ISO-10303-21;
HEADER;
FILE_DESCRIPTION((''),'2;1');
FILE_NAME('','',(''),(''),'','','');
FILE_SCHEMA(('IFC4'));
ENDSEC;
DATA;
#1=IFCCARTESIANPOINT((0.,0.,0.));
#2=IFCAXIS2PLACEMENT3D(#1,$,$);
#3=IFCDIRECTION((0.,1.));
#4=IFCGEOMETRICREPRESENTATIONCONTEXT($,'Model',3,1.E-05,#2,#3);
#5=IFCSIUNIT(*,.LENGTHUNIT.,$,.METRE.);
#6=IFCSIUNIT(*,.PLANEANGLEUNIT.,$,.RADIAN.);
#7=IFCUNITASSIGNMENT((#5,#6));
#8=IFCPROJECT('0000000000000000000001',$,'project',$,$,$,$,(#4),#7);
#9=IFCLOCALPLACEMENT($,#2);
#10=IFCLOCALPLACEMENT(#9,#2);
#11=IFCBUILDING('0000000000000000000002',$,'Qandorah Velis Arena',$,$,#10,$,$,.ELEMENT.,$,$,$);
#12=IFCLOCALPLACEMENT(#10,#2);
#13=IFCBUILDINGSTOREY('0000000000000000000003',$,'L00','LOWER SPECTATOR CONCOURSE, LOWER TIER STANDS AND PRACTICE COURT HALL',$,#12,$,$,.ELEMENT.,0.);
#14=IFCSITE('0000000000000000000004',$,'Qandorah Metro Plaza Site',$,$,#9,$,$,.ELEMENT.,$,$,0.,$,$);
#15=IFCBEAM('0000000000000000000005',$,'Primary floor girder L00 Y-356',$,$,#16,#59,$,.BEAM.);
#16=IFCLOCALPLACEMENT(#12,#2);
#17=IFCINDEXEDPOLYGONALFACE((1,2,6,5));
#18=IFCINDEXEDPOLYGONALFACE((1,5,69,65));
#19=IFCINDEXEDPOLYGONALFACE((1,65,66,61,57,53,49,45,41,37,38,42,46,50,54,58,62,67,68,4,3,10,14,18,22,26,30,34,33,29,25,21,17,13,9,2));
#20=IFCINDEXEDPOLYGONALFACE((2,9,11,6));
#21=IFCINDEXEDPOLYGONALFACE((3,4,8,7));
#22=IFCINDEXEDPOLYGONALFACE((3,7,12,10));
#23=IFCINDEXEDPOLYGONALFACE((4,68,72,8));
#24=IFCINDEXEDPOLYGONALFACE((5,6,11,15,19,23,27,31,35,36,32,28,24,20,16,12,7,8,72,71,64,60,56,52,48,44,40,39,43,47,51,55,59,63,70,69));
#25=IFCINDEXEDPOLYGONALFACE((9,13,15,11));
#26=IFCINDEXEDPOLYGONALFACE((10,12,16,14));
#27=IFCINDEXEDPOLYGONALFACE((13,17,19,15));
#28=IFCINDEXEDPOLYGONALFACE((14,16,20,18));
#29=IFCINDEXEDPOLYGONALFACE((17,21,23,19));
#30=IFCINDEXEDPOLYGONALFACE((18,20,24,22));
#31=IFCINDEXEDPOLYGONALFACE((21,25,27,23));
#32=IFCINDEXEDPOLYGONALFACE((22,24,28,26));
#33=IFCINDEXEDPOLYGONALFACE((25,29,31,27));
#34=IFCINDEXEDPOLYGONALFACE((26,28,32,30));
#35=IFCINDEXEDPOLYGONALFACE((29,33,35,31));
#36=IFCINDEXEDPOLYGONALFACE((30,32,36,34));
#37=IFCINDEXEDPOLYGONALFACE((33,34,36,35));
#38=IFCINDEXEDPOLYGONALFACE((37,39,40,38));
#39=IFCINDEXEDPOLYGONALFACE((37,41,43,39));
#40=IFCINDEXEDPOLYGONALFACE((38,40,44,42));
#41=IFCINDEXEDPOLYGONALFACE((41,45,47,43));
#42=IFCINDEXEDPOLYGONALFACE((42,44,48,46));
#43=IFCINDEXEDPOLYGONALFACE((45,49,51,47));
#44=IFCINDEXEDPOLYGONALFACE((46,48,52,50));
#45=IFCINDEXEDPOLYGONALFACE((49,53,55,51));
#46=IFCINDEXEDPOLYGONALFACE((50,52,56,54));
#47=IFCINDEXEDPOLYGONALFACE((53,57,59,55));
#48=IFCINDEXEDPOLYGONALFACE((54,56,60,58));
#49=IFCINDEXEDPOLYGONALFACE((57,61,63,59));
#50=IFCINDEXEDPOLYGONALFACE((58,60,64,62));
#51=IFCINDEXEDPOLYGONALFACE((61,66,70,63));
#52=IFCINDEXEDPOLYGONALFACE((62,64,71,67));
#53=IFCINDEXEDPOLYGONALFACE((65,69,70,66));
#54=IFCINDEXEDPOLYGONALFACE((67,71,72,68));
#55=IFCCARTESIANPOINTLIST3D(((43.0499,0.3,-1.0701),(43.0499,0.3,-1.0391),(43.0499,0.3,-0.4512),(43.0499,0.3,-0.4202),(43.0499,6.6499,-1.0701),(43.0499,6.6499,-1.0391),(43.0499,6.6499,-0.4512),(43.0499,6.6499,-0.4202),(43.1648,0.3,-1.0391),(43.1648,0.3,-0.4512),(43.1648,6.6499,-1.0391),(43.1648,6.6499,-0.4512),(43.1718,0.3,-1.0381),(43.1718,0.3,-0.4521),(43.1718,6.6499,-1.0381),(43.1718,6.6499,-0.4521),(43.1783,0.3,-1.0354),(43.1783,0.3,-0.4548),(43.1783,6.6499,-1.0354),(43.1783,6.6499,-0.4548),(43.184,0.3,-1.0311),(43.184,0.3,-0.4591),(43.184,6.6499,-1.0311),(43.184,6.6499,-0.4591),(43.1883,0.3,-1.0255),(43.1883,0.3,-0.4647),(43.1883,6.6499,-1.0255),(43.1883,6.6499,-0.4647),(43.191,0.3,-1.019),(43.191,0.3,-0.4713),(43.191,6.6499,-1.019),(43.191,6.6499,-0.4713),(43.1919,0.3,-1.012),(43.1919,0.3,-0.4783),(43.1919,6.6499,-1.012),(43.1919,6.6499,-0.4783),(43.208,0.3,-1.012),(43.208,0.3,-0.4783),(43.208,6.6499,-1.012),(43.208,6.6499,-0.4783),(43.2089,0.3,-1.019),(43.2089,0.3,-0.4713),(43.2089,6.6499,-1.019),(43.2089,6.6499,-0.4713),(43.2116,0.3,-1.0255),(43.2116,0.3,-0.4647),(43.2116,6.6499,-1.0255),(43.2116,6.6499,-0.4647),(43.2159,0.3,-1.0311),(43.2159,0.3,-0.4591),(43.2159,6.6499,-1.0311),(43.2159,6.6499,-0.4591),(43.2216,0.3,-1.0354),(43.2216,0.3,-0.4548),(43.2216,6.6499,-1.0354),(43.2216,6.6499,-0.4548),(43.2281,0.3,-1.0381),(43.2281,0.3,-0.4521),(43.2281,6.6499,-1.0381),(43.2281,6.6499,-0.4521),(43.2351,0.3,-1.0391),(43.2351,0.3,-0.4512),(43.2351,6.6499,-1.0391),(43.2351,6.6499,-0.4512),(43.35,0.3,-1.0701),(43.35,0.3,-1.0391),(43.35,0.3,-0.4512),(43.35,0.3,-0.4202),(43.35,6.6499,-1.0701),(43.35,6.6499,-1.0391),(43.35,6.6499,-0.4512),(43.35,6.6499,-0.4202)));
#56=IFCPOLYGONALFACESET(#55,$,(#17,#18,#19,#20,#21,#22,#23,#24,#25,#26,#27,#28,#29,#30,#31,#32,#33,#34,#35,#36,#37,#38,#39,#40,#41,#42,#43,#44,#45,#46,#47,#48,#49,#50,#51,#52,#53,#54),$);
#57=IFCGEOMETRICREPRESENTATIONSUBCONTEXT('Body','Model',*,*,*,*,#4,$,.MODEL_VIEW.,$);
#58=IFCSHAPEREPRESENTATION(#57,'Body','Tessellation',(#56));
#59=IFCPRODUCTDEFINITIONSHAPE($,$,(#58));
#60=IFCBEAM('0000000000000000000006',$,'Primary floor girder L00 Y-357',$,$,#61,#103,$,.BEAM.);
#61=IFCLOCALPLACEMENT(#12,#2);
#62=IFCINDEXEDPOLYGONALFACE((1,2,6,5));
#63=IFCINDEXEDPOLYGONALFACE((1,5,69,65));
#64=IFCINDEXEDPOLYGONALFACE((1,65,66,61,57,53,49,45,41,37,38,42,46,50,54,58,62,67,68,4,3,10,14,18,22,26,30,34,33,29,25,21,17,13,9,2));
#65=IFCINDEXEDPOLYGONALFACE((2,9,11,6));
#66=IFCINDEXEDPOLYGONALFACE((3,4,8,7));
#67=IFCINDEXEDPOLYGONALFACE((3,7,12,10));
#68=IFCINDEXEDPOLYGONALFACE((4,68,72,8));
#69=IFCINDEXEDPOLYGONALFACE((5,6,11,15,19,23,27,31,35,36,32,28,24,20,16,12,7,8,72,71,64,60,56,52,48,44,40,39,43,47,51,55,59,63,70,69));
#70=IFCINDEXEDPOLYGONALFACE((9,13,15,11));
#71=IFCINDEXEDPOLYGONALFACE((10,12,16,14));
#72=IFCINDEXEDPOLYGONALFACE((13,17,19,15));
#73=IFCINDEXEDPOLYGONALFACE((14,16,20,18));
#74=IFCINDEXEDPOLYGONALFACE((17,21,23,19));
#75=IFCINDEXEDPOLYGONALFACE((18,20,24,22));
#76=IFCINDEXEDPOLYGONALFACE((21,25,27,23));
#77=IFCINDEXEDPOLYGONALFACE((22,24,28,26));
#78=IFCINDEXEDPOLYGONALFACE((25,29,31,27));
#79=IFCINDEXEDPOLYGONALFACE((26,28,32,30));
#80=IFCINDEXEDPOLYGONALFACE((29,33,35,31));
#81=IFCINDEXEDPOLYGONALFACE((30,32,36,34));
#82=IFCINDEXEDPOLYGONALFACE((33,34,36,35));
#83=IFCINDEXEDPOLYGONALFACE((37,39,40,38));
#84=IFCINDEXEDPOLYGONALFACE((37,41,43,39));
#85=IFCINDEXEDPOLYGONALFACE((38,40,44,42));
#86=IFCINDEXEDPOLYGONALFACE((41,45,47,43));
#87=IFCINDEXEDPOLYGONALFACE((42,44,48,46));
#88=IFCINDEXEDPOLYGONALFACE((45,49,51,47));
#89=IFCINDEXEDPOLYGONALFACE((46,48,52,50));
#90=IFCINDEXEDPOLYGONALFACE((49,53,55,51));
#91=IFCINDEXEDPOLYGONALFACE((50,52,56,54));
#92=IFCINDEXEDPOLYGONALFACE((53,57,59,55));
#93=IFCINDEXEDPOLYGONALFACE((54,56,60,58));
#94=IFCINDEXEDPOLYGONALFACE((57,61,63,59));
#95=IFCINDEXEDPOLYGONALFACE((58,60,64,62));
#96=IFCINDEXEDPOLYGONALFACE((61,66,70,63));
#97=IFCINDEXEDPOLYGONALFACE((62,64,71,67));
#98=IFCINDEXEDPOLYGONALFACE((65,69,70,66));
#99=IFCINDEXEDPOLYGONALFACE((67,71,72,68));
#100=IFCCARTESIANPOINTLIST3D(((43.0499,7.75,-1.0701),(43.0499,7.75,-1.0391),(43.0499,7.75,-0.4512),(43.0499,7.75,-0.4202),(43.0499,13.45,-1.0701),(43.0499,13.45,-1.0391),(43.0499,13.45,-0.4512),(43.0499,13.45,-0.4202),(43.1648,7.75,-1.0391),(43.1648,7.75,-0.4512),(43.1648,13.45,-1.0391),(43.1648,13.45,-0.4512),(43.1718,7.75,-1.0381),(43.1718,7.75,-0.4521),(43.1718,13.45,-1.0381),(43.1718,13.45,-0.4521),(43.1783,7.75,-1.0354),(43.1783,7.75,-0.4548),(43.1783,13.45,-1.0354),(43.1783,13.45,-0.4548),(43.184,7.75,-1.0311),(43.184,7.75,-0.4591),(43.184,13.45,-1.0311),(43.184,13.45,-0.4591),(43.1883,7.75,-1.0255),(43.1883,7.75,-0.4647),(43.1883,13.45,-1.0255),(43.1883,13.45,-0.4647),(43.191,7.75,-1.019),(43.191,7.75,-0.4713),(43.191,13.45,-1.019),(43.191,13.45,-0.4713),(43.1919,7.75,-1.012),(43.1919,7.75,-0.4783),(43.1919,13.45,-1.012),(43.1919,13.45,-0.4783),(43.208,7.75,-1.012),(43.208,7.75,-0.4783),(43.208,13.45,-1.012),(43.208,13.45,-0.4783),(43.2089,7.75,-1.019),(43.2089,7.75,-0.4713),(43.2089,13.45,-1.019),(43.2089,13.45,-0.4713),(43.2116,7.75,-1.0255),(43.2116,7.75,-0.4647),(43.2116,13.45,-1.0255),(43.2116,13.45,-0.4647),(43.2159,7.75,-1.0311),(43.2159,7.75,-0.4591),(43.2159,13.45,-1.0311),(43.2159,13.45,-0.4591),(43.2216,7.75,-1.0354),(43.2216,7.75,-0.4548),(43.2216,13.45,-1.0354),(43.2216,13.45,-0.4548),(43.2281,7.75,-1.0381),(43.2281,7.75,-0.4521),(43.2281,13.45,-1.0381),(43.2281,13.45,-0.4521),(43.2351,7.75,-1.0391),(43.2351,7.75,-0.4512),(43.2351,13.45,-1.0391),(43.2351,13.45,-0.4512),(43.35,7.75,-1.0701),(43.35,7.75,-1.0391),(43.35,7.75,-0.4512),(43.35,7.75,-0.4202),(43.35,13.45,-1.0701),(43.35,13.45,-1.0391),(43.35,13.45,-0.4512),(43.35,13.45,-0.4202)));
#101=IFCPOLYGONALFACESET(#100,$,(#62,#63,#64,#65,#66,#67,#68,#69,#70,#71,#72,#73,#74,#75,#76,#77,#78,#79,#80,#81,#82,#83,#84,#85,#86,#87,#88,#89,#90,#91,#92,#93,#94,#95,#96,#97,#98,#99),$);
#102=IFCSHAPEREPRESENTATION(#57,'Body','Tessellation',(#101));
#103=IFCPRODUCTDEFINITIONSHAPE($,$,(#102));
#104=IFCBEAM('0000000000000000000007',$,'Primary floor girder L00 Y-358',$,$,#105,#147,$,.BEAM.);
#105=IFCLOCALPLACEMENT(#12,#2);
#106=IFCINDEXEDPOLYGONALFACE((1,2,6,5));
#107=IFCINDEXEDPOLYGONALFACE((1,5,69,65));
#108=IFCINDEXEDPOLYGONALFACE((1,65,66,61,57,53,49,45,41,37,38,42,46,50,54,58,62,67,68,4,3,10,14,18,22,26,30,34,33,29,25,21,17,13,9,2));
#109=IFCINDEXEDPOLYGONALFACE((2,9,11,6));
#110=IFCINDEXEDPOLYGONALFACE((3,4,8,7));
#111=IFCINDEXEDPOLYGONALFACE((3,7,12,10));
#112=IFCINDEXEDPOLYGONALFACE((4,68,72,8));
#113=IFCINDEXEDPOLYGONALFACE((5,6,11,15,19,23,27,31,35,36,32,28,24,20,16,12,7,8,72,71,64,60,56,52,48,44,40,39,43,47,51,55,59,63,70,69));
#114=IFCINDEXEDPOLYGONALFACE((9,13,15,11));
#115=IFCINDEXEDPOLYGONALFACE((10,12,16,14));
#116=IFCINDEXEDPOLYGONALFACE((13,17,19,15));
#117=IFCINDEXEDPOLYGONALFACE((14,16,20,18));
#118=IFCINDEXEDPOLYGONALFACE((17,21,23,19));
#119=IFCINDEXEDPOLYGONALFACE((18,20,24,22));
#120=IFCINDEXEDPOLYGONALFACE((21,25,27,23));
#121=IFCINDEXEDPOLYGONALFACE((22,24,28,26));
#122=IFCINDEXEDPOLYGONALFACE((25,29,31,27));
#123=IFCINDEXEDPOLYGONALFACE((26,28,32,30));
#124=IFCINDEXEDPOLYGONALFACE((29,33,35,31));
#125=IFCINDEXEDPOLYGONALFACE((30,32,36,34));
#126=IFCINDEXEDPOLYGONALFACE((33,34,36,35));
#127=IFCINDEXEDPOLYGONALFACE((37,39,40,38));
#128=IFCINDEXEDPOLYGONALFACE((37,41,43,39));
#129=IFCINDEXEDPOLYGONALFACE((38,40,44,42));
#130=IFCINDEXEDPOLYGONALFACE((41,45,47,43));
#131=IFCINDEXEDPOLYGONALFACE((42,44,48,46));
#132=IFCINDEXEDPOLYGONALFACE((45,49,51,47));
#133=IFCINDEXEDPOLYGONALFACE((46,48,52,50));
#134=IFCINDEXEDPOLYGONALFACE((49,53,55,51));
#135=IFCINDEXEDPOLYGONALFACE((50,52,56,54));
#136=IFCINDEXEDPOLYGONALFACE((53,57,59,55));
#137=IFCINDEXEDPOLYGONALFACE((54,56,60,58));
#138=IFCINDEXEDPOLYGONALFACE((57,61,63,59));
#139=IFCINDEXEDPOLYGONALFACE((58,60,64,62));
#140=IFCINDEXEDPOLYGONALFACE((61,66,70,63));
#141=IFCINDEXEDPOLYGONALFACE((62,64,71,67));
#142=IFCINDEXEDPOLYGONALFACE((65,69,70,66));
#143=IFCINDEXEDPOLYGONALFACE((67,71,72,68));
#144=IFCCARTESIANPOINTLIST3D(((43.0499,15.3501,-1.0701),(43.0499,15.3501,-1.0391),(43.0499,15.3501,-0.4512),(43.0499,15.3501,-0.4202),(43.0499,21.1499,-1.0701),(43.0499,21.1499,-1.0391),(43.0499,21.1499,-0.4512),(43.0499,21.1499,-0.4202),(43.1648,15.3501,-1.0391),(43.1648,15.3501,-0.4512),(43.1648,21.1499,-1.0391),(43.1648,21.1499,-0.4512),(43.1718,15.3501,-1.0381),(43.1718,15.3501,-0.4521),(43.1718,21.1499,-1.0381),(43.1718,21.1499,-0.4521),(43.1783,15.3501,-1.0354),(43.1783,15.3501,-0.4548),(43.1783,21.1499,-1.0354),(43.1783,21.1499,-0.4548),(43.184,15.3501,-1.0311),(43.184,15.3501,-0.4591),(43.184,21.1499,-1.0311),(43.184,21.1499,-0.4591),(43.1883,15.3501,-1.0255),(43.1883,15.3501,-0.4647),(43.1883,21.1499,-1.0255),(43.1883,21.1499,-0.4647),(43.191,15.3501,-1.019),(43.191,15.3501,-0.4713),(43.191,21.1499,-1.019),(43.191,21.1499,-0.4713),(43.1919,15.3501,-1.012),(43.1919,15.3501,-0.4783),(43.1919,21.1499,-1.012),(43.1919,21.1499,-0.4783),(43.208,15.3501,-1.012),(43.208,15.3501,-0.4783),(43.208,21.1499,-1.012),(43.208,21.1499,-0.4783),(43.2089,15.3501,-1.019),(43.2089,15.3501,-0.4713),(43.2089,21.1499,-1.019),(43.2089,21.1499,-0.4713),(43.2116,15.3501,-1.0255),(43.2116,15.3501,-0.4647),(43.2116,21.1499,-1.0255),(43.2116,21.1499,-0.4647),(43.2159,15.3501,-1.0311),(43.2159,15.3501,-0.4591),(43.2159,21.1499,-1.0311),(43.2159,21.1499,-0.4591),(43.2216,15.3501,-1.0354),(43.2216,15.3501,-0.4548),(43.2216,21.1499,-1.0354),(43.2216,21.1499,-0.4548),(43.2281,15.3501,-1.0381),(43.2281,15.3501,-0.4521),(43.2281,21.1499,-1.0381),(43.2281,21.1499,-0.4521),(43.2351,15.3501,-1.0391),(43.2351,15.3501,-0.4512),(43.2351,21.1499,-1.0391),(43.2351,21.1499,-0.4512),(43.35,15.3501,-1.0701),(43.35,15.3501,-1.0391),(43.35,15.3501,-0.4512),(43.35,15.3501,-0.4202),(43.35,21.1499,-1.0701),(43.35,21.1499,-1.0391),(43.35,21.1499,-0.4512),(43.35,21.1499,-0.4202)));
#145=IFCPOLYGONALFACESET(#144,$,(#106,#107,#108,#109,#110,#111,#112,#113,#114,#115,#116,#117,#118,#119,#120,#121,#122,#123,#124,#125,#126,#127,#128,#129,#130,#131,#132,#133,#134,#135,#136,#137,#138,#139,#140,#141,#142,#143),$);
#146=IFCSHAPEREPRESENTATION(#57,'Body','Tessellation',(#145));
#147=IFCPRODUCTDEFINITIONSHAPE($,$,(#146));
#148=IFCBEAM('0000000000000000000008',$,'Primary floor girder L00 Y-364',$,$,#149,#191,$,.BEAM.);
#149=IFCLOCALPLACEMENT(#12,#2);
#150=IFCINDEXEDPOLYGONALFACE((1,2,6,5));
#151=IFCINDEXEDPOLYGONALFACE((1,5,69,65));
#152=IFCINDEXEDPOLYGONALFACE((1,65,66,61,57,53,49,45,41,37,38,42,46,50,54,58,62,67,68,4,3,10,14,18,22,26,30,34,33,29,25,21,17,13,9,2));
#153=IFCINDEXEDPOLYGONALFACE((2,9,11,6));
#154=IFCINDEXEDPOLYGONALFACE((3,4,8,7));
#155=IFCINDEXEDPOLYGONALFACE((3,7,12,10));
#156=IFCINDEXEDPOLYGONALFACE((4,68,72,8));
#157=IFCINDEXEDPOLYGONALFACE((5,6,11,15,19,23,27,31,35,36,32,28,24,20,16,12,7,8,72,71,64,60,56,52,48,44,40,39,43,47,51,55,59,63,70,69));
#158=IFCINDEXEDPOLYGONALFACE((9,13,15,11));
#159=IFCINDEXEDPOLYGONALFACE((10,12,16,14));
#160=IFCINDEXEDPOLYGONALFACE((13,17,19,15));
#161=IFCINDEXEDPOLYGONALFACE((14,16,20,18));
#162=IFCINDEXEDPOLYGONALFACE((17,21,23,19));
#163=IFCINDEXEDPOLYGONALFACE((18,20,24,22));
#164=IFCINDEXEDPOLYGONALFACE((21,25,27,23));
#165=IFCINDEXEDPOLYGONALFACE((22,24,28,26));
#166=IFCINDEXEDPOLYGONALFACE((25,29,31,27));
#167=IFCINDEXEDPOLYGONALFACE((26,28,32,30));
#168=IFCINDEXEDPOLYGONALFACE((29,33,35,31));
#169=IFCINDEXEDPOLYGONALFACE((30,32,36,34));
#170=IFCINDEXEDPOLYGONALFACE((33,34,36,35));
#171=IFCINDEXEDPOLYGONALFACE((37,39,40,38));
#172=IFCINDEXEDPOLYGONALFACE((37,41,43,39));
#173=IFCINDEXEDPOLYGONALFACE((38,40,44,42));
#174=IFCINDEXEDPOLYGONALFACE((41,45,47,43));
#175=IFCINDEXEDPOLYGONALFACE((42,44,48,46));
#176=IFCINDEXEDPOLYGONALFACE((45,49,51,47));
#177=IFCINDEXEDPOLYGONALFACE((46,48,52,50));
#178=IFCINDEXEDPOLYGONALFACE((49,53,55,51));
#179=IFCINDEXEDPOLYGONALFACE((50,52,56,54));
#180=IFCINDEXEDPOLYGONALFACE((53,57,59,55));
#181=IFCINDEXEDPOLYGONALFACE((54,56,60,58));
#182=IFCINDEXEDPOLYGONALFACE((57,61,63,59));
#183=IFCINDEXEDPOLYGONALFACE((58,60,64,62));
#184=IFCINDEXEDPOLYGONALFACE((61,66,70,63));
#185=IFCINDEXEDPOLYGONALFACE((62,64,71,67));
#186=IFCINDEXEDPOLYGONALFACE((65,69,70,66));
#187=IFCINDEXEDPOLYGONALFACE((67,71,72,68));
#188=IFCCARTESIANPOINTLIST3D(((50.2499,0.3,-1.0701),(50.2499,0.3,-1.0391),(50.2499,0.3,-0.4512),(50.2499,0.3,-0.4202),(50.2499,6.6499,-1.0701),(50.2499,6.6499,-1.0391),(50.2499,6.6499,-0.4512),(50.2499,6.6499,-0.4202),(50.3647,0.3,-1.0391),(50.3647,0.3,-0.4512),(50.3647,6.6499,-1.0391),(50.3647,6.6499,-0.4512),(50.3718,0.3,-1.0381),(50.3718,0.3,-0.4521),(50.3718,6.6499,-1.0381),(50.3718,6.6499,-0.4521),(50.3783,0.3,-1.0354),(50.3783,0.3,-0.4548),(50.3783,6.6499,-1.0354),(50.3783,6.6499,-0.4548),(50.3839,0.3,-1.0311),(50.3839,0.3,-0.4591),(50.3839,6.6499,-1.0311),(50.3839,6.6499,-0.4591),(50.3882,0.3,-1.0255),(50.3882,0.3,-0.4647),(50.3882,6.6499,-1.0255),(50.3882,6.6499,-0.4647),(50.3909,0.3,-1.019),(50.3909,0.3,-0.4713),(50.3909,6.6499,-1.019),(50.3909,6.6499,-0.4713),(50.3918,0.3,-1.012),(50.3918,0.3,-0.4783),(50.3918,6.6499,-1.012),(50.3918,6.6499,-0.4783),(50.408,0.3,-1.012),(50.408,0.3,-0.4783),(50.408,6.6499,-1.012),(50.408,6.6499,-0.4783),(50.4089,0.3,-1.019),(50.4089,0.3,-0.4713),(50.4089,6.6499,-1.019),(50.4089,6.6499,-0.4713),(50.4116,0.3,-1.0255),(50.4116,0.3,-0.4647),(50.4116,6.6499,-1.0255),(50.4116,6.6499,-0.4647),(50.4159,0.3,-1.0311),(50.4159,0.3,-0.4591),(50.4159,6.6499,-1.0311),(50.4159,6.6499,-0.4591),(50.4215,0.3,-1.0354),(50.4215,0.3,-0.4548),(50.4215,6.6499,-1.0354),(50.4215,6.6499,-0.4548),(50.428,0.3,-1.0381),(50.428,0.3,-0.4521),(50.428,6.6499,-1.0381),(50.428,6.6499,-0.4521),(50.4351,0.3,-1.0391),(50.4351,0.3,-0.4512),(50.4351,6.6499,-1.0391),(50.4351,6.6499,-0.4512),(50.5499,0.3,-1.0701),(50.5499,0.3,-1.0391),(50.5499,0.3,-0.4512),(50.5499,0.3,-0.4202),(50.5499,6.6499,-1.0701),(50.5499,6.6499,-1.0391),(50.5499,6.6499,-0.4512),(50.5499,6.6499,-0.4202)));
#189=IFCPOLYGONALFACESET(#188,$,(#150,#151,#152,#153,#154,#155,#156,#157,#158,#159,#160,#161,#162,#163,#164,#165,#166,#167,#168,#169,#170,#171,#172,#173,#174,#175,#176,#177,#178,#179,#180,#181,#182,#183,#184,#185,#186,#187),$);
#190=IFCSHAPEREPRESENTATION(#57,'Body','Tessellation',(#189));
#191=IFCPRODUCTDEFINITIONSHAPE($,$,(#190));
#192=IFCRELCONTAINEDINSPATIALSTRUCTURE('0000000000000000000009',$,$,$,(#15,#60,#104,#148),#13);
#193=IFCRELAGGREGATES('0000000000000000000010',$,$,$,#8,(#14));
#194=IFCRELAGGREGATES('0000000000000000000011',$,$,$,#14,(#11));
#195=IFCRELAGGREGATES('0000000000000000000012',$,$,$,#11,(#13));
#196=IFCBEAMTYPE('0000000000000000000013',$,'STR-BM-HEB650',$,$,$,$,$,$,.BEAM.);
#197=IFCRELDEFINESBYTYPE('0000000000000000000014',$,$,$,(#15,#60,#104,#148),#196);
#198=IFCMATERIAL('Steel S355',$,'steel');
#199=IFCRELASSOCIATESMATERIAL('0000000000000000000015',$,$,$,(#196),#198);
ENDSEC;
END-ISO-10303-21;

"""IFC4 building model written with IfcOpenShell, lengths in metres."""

from ifc_helpers import new_model, si_unit, direction, frame, origin, origin_2d, place, context, subcontext, project, spatial, i_section, extrude, material, material_profile, profile_set, type_object, element, save


model = new_model("IFC4")

# Units and contexts
model_context = context("Model", 3, precision=1e-05, world=origin(), true_north=direction((0.0, 1.0)))
body_context = subcontext(model_context, "Body", "Model", "MODEL_VIEW")
ifc_project = project(units=[si_unit("LENGTHUNIT", "METRE"), si_unit("PLANEANGLEUNIT", "RADIAN")], contexts=[model_context])

# Site, building, storey
site_placement = place(None, origin())
site = spatial("IfcSite", under=ifc_project, at=site_placement, Name="Qandorah Metro Plaza Site", CompositionType="ELEMENT", RefElevation=0.0)
building_placement = place(site_placement, origin())
building = spatial("IfcBuilding", under=site, at=building_placement, Name="Qandorah Velis Arena", CompositionType="ELEMENT")
storey_placement = place(building_placement, origin())
storey = spatial("IfcBuildingStorey", under=building, at=storey_placement, Name="L00", Description="LOWER SPECTATOR CONCOURSE, LOWER TIER STANDS AND PRACTICE COURT HALL", CompositionType="ELEMENT", Elevation=0.0)

# Beams
ifc_material_1 = material(Name="Steel S355", Category="steel")
ifc_material_profile_1 = material_profile(ifc_material_1, i_section(OverallWidth=0.3, OverallDepth=0.6499, WebThickness=0.0161, FlangeThickness=0.031, FilletRadius=0.0271, at=origin_2d()), Name="HEB 650")
ifc_profile_set_1 = profile_set([ifc_material_profile_1], Name="Steel S355")
beam_type_1 = type_object("IfcBeamType", Name="STR-BM-HEB650", PredefinedType="BEAM", material=ifc_profile_set_1)
beam_1_placement = place(storey_placement, frame((43.2, 0.3, -0.7451), z_axis=(0.0, 1.0, 0.0), x_axis=(-1.0, 0.0, 0.0)))
element("IfcBeam", 1, at=beam_1_placement, inside=storey, type_object=beam_type_1, Name="Primary floor girder L00 Y-356", PredefinedType="BEAM", context=body_context, shape_type="SweptSolid", body=[
    extrude(i_section(OverallWidth=0.3, OverallDepth=0.6499, WebThickness=0.0161, FlangeThickness=0.031, FilletRadius=0.0271, at=origin_2d()), origin(), (0.0, 0.0, 1.0), 6.3499),
])
beam_2_placement = place(storey_placement, frame((43.2, 7.75, -0.7451), z_axis=(0.0, 1.0, 0.0), x_axis=(-1.0, 0.0, 0.0)))
element("IfcBeam", 2, at=beam_2_placement, inside=storey, type_object=beam_type_1, Name="Primary floor girder L00 Y-357", PredefinedType="BEAM", context=body_context, shape_type="SweptSolid", body=[
    extrude(i_section(OverallWidth=0.3, OverallDepth=0.6499, WebThickness=0.0161, FlangeThickness=0.031, FilletRadius=0.0271, at=origin_2d()), origin(), (0.0, 0.0, 1.0), 5.7),
])
beam_3_placement = place(storey_placement, frame((43.2, 15.3501, -0.7451), z_axis=(0.0, 1.0, 0.0), x_axis=(-1.0, 0.0, 0.0)))
element("IfcBeam", 3, at=beam_3_placement, inside=storey, type_object=beam_type_1, Name="Primary floor girder L00 Y-358", PredefinedType="BEAM", context=body_context, shape_type="SweptSolid", body=[
    extrude(i_section(OverallWidth=0.3, OverallDepth=0.6499, WebThickness=0.0161, FlangeThickness=0.031, FilletRadius=0.0271, at=origin_2d()), origin(), (0.0, 0.0, 1.0), 5.7998),
])
beam_4_placement = place(storey_placement, frame((50.3999, 0.3, -0.7451), z_axis=(0.0, 1.0, 0.0), x_axis=(-1.0, 0.0, 0.0)))
element("IfcBeam", 4, at=beam_4_placement, inside=storey, type_object=beam_type_1, Name="Primary floor girder L00 Y-364", PredefinedType="BEAM", context=body_context, shape_type="SweptSolid", body=[
    extrude(i_section(OverallWidth=0.3, OverallDepth=0.6499, WebThickness=0.0161, FlangeThickness=0.031, FilletRadius=0.0271, at=origin_2d()), origin(), (0.0, 0.0, 1.0), 6.3499),
])

save(model, "model.ifc")
